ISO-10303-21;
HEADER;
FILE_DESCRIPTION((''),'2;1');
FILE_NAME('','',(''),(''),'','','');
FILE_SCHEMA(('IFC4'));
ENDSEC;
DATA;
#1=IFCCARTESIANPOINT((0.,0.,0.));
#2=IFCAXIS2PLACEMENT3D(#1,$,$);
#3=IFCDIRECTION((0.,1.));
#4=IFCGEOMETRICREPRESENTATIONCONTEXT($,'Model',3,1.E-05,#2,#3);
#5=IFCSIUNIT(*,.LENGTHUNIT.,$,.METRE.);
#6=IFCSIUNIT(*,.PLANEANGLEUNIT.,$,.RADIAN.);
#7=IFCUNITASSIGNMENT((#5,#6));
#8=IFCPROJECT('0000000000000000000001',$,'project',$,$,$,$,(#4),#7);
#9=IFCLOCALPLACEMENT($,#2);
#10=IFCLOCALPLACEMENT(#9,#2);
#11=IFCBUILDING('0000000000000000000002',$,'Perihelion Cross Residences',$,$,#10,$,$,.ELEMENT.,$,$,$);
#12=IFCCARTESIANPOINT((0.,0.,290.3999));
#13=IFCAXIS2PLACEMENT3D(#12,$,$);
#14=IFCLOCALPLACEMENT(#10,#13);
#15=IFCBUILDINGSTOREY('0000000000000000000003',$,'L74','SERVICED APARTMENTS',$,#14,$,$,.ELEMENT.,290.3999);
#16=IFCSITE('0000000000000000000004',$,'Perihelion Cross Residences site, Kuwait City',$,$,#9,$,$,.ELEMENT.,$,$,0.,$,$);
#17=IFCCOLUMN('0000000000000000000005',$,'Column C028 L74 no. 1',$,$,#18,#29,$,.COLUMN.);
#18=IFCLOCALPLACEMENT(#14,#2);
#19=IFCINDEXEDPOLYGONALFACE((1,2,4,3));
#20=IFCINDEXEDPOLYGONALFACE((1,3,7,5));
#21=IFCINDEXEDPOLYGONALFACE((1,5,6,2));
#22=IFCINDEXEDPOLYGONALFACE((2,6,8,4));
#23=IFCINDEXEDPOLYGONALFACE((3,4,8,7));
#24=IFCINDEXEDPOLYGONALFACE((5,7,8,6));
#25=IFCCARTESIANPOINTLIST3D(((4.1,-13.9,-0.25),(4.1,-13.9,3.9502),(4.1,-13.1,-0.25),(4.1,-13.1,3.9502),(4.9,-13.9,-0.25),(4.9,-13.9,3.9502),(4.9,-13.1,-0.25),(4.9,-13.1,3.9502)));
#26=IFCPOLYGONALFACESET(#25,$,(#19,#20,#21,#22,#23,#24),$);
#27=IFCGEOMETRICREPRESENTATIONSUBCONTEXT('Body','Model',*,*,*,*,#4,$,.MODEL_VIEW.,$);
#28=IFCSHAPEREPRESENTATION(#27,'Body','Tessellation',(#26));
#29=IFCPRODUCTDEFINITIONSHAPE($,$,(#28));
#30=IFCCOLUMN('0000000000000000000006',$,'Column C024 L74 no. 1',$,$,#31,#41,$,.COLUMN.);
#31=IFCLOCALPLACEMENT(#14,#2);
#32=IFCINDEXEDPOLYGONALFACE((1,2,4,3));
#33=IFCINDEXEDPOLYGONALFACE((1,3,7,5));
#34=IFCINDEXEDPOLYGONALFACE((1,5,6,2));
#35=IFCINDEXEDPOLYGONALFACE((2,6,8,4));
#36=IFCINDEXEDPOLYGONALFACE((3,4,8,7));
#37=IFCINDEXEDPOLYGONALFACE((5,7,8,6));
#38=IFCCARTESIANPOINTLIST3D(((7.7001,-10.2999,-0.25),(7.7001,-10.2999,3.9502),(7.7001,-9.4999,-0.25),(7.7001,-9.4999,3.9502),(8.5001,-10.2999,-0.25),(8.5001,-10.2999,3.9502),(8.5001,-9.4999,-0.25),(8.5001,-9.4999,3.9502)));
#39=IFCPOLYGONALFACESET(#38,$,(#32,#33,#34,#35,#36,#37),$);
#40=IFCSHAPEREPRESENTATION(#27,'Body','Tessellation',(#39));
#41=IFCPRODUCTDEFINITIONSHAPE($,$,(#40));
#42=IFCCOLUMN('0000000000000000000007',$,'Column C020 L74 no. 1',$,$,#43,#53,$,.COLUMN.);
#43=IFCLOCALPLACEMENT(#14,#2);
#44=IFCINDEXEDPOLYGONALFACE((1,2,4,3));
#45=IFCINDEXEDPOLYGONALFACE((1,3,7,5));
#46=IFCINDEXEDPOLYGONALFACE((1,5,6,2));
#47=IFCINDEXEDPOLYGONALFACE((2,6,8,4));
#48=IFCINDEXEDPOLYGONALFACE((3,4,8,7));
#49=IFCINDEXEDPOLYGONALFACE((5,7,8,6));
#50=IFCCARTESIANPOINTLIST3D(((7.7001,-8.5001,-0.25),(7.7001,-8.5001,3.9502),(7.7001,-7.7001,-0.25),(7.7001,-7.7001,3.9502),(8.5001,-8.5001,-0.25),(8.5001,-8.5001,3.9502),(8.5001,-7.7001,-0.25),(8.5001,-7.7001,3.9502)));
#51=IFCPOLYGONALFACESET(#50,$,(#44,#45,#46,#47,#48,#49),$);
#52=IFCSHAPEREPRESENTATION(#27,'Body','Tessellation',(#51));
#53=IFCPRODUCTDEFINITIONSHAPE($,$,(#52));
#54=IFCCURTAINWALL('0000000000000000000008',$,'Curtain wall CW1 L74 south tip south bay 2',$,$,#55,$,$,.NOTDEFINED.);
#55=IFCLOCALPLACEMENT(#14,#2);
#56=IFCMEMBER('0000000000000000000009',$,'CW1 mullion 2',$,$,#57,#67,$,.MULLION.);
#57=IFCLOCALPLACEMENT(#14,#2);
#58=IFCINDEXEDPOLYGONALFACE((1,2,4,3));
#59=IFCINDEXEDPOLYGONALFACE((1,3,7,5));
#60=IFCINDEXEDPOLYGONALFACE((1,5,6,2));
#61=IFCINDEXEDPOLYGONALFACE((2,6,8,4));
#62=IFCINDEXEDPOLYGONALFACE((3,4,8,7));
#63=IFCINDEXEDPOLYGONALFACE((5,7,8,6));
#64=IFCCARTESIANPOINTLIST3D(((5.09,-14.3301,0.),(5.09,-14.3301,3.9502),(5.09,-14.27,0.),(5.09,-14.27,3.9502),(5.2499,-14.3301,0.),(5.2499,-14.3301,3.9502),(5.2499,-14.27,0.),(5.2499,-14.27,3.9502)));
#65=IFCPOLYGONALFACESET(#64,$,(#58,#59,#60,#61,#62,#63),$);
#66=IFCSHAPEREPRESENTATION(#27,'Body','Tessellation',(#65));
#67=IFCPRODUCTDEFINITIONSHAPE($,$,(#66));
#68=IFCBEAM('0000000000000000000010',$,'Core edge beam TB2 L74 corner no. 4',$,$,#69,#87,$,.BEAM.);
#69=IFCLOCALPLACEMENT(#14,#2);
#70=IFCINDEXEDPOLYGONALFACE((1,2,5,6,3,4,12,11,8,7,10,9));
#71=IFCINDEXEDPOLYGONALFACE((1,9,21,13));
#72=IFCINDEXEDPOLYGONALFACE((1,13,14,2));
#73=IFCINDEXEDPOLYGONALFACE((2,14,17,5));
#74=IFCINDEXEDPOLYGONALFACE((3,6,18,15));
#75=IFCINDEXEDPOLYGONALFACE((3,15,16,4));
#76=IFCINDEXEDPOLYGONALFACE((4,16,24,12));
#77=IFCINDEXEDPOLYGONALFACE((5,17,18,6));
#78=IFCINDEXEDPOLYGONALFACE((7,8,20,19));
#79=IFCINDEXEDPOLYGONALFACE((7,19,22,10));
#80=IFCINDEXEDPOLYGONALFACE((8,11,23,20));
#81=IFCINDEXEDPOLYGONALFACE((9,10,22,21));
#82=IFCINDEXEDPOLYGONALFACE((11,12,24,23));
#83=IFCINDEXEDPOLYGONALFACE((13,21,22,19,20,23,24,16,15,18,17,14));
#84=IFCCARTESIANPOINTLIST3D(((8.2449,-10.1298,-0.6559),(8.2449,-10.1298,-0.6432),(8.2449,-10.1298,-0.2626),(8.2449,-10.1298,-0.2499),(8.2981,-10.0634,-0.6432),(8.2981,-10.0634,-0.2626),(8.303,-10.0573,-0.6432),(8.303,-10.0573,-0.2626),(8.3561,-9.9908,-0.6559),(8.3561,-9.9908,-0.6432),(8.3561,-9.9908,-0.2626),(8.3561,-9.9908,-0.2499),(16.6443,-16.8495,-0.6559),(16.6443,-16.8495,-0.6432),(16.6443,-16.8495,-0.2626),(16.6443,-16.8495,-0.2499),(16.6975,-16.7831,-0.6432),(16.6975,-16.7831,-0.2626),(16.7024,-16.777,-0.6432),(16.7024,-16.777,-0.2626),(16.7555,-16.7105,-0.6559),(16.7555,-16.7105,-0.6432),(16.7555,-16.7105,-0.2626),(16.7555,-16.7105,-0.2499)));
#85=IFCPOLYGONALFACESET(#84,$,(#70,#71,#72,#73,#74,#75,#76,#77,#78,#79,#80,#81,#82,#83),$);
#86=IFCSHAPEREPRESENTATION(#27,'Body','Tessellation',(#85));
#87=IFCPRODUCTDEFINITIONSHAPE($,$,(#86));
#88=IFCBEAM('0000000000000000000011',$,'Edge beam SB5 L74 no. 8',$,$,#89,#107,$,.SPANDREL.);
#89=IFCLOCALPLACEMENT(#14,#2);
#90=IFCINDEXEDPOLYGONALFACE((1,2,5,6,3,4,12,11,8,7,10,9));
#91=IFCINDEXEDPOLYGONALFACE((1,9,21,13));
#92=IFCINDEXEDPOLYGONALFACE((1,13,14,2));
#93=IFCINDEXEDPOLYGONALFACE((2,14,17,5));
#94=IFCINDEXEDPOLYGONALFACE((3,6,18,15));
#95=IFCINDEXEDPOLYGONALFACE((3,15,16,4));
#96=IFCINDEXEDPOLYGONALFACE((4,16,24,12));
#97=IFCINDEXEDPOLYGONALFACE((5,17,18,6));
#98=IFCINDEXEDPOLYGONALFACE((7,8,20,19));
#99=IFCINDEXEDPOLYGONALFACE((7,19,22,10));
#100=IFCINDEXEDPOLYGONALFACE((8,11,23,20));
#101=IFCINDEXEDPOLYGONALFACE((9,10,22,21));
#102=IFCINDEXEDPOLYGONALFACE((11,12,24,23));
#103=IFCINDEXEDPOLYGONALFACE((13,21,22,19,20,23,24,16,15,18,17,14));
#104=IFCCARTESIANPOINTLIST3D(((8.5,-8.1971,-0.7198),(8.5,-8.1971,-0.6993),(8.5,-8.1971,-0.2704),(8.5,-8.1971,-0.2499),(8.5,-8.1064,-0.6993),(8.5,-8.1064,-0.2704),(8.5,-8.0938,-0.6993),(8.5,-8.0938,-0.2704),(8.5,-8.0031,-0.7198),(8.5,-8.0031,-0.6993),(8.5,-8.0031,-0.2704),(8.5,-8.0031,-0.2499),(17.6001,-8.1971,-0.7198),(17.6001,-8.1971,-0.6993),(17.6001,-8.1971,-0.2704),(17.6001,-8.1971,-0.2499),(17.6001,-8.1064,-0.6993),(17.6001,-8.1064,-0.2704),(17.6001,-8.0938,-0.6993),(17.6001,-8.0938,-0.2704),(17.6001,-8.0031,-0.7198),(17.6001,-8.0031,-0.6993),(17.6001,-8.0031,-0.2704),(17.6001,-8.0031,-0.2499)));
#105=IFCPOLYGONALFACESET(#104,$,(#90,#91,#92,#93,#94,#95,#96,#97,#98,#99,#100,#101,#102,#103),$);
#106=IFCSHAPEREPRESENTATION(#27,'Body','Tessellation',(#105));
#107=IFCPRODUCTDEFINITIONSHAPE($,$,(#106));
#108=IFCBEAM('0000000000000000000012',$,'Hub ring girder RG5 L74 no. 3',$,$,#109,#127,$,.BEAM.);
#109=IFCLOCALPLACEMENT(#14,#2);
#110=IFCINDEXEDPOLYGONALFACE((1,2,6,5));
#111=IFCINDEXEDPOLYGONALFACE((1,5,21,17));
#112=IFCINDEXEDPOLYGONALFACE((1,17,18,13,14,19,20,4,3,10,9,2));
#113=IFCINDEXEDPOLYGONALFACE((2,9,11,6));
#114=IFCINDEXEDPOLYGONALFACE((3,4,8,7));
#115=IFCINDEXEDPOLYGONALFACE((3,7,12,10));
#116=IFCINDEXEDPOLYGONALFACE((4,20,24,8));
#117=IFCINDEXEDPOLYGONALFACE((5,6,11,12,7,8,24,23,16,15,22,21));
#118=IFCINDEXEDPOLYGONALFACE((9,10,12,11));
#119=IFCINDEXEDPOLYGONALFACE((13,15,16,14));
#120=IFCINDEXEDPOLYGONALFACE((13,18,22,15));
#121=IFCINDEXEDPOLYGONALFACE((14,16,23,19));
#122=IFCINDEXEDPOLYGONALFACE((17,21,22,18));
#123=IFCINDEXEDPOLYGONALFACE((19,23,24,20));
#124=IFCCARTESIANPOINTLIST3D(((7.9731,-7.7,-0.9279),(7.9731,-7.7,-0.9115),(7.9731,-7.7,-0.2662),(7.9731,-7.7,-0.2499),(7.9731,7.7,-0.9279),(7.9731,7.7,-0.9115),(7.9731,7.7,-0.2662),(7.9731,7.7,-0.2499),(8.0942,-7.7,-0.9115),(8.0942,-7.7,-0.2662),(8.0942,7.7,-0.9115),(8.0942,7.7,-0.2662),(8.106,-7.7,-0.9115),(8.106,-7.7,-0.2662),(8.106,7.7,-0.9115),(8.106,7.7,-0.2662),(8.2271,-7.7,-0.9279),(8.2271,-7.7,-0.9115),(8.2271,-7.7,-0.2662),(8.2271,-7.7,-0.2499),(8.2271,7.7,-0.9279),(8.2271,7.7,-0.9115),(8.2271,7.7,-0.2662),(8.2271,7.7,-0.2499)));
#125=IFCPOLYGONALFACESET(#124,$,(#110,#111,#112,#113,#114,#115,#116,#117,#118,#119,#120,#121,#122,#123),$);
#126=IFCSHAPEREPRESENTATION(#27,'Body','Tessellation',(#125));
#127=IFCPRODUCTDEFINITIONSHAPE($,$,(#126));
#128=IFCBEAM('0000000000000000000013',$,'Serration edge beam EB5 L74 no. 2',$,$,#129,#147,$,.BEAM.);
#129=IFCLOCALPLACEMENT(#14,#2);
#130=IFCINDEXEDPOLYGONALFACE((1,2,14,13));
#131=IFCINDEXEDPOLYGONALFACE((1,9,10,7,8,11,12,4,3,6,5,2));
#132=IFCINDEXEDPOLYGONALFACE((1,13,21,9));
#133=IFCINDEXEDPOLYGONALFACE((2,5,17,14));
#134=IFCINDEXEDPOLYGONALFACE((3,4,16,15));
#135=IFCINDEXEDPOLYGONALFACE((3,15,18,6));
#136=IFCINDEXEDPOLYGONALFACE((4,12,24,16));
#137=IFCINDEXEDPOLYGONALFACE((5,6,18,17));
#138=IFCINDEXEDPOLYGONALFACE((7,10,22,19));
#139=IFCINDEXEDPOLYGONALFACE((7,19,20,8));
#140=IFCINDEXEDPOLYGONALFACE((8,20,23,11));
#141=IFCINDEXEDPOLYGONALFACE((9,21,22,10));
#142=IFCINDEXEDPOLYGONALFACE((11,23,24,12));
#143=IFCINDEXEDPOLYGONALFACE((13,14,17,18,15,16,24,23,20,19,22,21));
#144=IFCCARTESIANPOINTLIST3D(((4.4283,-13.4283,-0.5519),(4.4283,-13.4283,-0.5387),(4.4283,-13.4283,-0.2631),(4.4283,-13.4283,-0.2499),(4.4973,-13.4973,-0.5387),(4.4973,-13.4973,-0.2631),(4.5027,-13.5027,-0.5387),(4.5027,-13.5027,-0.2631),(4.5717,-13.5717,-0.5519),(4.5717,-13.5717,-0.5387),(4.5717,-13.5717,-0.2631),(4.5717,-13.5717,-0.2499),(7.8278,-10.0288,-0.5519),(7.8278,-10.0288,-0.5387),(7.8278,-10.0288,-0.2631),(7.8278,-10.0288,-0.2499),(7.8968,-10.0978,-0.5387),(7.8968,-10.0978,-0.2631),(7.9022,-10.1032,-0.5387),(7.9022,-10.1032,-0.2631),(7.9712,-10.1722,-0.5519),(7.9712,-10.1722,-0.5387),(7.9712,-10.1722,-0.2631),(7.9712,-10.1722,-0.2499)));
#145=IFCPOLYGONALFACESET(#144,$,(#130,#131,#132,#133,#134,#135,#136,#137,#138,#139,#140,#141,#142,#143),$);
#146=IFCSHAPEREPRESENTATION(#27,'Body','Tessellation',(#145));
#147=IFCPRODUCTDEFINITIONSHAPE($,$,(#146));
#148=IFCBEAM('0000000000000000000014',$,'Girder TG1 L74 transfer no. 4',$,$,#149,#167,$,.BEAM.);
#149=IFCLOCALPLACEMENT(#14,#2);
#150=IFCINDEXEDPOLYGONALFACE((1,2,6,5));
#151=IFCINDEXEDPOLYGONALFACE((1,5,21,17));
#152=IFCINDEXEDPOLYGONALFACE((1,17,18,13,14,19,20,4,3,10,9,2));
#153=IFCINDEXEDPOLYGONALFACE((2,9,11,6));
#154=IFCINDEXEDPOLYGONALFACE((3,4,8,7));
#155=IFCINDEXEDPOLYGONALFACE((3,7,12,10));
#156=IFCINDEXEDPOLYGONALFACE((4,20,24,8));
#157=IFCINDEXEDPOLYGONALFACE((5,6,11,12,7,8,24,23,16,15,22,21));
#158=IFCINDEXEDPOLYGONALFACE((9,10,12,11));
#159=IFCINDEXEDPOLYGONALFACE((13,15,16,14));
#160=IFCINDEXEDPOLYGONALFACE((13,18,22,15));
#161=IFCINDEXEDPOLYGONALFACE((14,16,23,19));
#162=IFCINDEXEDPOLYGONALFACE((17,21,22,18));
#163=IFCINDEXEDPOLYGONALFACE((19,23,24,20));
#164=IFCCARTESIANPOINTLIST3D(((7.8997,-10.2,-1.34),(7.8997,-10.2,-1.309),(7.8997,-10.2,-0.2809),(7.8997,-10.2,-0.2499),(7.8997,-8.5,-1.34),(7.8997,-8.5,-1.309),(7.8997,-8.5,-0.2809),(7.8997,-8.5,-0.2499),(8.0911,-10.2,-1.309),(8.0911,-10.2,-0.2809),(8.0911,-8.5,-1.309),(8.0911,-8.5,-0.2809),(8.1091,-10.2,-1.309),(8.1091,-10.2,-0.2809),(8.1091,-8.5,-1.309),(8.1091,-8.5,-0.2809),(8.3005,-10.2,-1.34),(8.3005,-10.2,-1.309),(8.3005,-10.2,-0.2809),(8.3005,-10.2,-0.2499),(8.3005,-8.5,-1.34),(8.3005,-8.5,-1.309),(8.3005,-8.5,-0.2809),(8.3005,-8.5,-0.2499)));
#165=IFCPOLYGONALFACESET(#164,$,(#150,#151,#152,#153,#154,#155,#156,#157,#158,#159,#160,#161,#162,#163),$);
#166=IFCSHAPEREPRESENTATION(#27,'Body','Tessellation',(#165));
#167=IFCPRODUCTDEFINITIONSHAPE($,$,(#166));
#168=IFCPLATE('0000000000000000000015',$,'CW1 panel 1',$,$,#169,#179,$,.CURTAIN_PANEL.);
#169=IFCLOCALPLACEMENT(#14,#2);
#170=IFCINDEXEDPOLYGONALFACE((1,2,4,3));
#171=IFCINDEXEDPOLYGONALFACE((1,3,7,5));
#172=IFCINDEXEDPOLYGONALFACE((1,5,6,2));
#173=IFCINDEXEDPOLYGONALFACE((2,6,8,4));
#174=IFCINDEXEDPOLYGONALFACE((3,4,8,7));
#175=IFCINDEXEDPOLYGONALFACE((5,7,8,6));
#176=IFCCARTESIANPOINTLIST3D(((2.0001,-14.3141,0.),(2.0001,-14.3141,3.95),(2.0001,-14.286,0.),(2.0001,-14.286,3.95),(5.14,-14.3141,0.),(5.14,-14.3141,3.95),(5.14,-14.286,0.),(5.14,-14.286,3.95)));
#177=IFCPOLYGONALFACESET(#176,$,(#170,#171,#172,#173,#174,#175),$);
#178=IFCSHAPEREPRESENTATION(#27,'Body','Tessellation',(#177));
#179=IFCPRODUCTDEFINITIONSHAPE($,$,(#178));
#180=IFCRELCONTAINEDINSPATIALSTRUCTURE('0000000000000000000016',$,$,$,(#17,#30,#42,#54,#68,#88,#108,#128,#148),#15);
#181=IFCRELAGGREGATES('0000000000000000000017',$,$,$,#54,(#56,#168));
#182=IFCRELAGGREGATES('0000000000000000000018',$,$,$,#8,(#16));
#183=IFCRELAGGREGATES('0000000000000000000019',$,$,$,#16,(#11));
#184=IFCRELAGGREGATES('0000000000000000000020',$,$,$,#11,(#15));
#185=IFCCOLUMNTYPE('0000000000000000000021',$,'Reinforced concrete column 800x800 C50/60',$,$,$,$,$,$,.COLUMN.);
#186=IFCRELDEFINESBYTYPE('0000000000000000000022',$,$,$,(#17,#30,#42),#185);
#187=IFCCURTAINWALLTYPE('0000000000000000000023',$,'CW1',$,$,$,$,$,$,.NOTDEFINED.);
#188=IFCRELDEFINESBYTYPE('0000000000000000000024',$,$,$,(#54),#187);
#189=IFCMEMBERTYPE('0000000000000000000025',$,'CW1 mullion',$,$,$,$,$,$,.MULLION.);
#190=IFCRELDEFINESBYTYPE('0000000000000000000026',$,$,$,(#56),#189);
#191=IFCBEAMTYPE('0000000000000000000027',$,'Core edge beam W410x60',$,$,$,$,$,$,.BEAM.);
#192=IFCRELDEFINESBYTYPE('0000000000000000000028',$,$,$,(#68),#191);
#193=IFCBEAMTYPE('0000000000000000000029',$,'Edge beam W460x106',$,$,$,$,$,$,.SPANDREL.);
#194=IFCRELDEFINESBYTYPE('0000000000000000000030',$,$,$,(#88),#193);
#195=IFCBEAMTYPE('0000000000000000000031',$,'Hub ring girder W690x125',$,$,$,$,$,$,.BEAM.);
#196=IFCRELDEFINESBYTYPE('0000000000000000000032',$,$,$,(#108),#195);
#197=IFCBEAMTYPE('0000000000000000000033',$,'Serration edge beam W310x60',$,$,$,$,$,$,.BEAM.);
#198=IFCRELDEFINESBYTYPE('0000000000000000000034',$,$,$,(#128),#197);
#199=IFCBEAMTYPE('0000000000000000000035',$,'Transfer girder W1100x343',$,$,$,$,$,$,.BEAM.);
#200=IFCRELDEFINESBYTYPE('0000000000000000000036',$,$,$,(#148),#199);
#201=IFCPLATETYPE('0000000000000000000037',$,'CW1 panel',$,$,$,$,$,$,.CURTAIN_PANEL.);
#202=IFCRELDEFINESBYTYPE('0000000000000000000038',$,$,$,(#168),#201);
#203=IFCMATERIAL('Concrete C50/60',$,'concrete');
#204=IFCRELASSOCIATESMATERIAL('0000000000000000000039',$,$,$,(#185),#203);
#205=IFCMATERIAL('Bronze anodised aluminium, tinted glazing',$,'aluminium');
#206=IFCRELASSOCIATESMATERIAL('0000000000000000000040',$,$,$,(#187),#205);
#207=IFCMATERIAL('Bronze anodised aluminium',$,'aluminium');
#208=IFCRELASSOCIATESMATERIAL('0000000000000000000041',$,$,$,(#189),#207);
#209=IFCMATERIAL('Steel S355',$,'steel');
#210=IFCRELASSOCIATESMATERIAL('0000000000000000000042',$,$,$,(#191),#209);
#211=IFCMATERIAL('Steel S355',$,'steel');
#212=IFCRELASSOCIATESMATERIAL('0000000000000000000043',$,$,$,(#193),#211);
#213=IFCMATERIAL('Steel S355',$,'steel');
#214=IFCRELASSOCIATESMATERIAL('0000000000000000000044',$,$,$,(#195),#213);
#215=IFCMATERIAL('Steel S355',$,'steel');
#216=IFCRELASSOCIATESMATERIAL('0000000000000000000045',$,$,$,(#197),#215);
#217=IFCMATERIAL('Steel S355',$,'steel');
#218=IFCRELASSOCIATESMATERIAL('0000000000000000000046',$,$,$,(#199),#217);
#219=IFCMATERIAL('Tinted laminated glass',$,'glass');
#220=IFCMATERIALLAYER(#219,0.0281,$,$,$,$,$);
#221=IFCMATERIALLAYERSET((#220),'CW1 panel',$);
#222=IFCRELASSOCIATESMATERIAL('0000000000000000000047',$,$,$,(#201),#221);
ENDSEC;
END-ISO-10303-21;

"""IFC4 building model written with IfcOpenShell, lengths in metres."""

from ifc_helpers import new_model, si_unit, direction, frame, origin, origin_2d, place, context, subcontext, project, spatial, rectangle, i_section, extrude, material, layer, layer_set, material_profile, profile_set, type_object, element, aggregate, save


model = new_model("IFC4")

# Units and contexts
model_context = context("Model", 3, precision=1e-05, world=origin(), true_north=direction((0.0, 1.0)))
body_context = subcontext(model_context, "Body", "Model", "MODEL_VIEW")
ifc_project = project(units=[si_unit("LENGTHUNIT", "METRE"), si_unit("PLANEANGLEUNIT", "RADIAN")], contexts=[model_context])

# Site, building, storey
site_placement = place(None, origin())
site = spatial("IfcSite", under=ifc_project, at=site_placement, Name="Perihelion Cross Residences site, Kuwait City", CompositionType="ELEMENT", RefElevation=0.0)
building_placement = place(site_placement, origin())
building = spatial("IfcBuilding", under=site, at=building_placement, Name="Perihelion Cross Residences", CompositionType="ELEMENT")
storey_placement = place(building_placement, frame((0.0, 0.0, 290.3999)))
storey = spatial("IfcBuildingStorey", under=building, at=storey_placement, Name="L74", Description="SERVICED APARTMENTS", CompositionType="ELEMENT", Elevation=290.3999)

# Columns
ifc_material_1 = material(Name="Concrete C50/60", Category="concrete")
ifc_material_profile_1 = material_profile(ifc_material_1, rectangle(XDim=0.8, YDim=0.8, at=origin_2d()), Name="RC 800x800")
ifc_profile_set_1 = profile_set([ifc_material_profile_1], Name="Concrete C50/60")
column_type = type_object("IfcColumnType", Name="Reinforced concrete column 800x800 C50/60", PredefinedType="COLUMN", material=ifc_profile_set_1)
for number, where, z_axis, x_axis, name in (
    (1, (4.5, -13.5, -0.25), (0.0, 0.0, 1.0), (1.0, 0.0, 0.0), "Column C028 L74 no. 1"),
    (2, (8.1001, -9.8999, -0.25), (0.0, 0.0, 1.0), (1.0, 0.0, 0.0), "Column C024 L74 no. 1"),
    (3, (8.1001, -8.1001, -0.25), (0.0, 0.0, 1.0), (1.0, 0.0, 0.0), "Column C020 L74 no. 1"),
):
    element("IfcColumn", number, at=place(storey_placement, frame(where, z_axis=z_axis, x_axis=x_axis)), inside=storey, type_object=column_type, Name=name, PredefinedType="COLUMN", context=body_context, shape_type="SweptSolid", body=[
        extrude(rectangle(XDim=0.8, YDim=0.8, at=origin_2d()), origin(), (0.0, 0.0, 1.0), 4.2002),
    ])

# Curtain wall, member
ifc_material_2 = material(Name="Bronze anodised aluminium, tinted glazing", Category="aluminium")
curtain_wall_type = type_object("IfcCurtainWallType", Name="CW1", PredefinedType="NOTDEFINED", material=ifc_material_2)
curtain_wall_placement = place(storey_placement, origin())
curtain_wall = element("IfcCurtainWall", 4, at=curtain_wall_placement, inside=storey, type_object=curtain_wall_type, Name="Curtain wall CW1 L74 south tip south bay 2", PredefinedType="NOTDEFINED")
ifc_material_3 = material(Name="Bronze anodised aluminium", Category="aluminium")
ifc_material_profile_2 = material_profile(ifc_material_3, rectangle(XDim=0.0601, YDim=0.1599, at=origin_2d()), Name="CW1 mullion")
ifc_profile_set_2 = profile_set([ifc_material_profile_2], Name="Bronze anodised aluminium")
member_type = type_object("IfcMemberType", Name="CW1 mullion", PredefinedType="MULLION", material=ifc_profile_set_2)
member_placement = place(storey_placement, frame((5.1699, -14.3, 0.0), z_axis=(0.0, 0.0, 1.0), x_axis=(0.0, 1.0, 0.0)))
member = element("IfcMember", 5, at=member_placement, type_object=member_type, Name="CW1 mullion 2", PredefinedType="MULLION", context=body_context, shape_type="SweptSolid", body=[
    extrude(rectangle(XDim=0.0601, YDim=0.1599, at=origin_2d()), origin(), (0.0, 0.0, 1.0), 3.9502),
])

# Beams
ifc_material_4 = material(Name="Steel S355", Category="steel")
ifc_material_profile_3 = material_profile(ifc_material_4, i_section(OverallWidth=0.178, OverallDepth=0.406, WebThickness=0.0078, FlangeThickness=0.0127, at=origin_2d()), Name="W410x60")
ifc_profile_set_3 = profile_set([ifc_material_profile_3], Name="Steel S355")
beam_type_1 = type_object("IfcBeamType", Name="Core edge beam W410x60", PredefinedType="BEAM", material=ifc_profile_set_3)
beam_1_placement = place(storey_placement, frame((8.3005, -10.0603, -0.4529), z_axis=(0.78086, -0.624706, 0.0), x_axis=(0.624706, 0.78086, 0.0)))
element("IfcBeam", 6, at=beam_1_placement, inside=storey, type_object=beam_type_1, Name="Core edge beam TB2 L74 corner no. 4", PredefinedType="BEAM", context=body_context, shape_type="SweptSolid", body=[
    extrude(i_section(OverallWidth=0.178, OverallDepth=0.406, WebThickness=0.0078, FlangeThickness=0.0127, at=origin_2d()), origin(), (0.0, 0.0, 1.0), 10.7566),
])
ifc_material_5 = material(Name="Steel S355", Category="steel")
ifc_material_profile_4 = material_profile(ifc_material_5, i_section(OverallWidth=0.1941, OverallDepth=0.47, WebThickness=0.0127, FlangeThickness=0.0205, at=origin_2d()), Name="W460x106")
ifc_profile_set_4 = profile_set([ifc_material_profile_4], Name="Steel S355")
beam_type_2 = type_object("IfcBeamType", Name="Edge beam W460x106", PredefinedType="SPANDREL", material=ifc_profile_set_4)
beam_2_placement = place(storey_placement, frame((8.5, -8.1001, -0.4849), z_axis=(1.0, 0.0, 0.0), x_axis=(0.0, 1.0, 0.0)))
element("IfcBeam", 7, at=beam_2_placement, inside=storey, type_object=beam_type_2, Name="Edge beam SB5 L74 no. 8", PredefinedType="SPANDREL", context=body_context, shape_type="SweptSolid", body=[
    extrude(i_section(OverallWidth=0.1941, OverallDepth=0.47, WebThickness=0.0127, FlangeThickness=0.0205, at=origin_2d()), origin(), (0.0, 0.0, 1.0), 9.1001),
])
ifc_material_6 = material(Name="Steel S355", Category="steel")
ifc_material_profile_5 = material_profile(ifc_material_6, i_section(OverallWidth=0.2539, OverallDepth=0.678, WebThickness=0.0117, FlangeThickness=0.0164, at=origin_2d()), Name="W690x125")
ifc_profile_set_5 = profile_set([ifc_material_profile_5], Name="Steel S355")
beam_type_3 = type_object("IfcBeamType", Name="Hub ring girder W690x125", PredefinedType="BEAM", material=ifc_profile_set_5)
beam_3_placement = place(storey_placement, frame((8.1001, -7.7, -0.5889), z_axis=(0.0, 1.0, 0.0), x_axis=(-1.0, 0.0, 0.0)))
element("IfcBeam", 8, at=beam_3_placement, inside=storey, type_object=beam_type_3, Name="Hub ring girder RG5 L74 no. 3", PredefinedType="BEAM", context=body_context, shape_type="SweptSolid", body=[
    extrude(i_section(OverallWidth=0.2539, OverallDepth=0.678, WebThickness=0.0117, FlangeThickness=0.0164, at=origin_2d()), origin(), (0.0, 0.0, 1.0), 15.3999),
])
ifc_material_7 = material(Name="Steel S355", Category="steel")
ifc_material_profile_6 = material_profile(ifc_material_7, i_section(OverallWidth=0.2029, OverallDepth=0.302, WebThickness=0.0076, FlangeThickness=0.0132, at=origin_2d()), Name="W310x60")
ifc_profile_set_6 = profile_set([ifc_material_profile_6], Name="Steel S355")
beam_type_4 = type_object("IfcBeamType", Name="Serration edge beam W310x60", PredefinedType="BEAM", material=ifc_profile_set_6)
beam_4_placement = place(storey_placement, frame((4.5, -13.5, -0.4009), z_axis=(0.707107, 0.707107, 0.0), x_axis=(-0.707107, 0.707107, 0.0)))
element("IfcBeam", 9, at=beam_4_placement, inside=storey, type_object=beam_type_4, Name="Serration edge beam EB5 L74 no. 2", PredefinedType="BEAM", context=body_context, shape_type="SweptSolid", body=[
    extrude(i_section(OverallWidth=0.2029, OverallDepth=0.302, WebThickness=0.0076, FlangeThickness=0.0132, at=origin_2d()), origin(), (0.0, 0.0, 1.0), 4.8076),
])
ifc_material_8 = material(Name="Steel S355", Category="steel")
ifc_material_profile_7 = material_profile(ifc_material_8, i_section(OverallWidth=0.4009, OverallDepth=1.0901, WebThickness=0.0181, FlangeThickness=0.031, at=origin_2d()), Name="W1100x343")
ifc_profile_set_7 = profile_set([ifc_material_profile_7], Name="Steel S355")
beam_type_5 = type_object("IfcBeamType", Name="Transfer girder W1100x343", PredefinedType="BEAM", material=ifc_profile_set_7)
beam_5_placement = place(storey_placement, frame((8.1001, -10.2, -0.7949), z_axis=(0.0, 1.0, 0.0), x_axis=(-1.0, 0.0, 0.0)))
element("IfcBeam", 10, at=beam_5_placement, inside=storey, type_object=beam_type_5, Name="Girder TG1 L74 transfer no. 4", PredefinedType="BEAM", context=body_context, shape_type="SweptSolid", body=[
    extrude(i_section(OverallWidth=0.4009, OverallDepth=1.0901, WebThickness=0.0181, FlangeThickness=0.031, at=origin_2d()), origin(), (0.0, 0.0, 1.0), 1.7),
])

# Plate
ifc_material_9 = material(Name="Tinted laminated glass", Category="glass")
ifc_layer_1 = layer(ifc_material_9, 0.0281)
ifc_layer_set_1 = layer_set([ifc_layer_1], Name="CW1 panel")
plate_type = type_object("IfcPlateType", Name="CW1 panel", PredefinedType="CURTAIN_PANEL", material=ifc_layer_set_1)
plate_placement = place(storey_placement, frame((3.5701, -14.3, 0.0), z_axis=(0.0, 0.0, 1.0), x_axis=(1.0, 0.0, 0.0)))
plate = element("IfcPlate", 11, at=plate_placement, type_object=plate_type, Name="CW1 panel 1", PredefinedType="CURTAIN_PANEL", context=body_context, shape_type="SweptSolid", body=[
    extrude(rectangle(XDim=3.1399, YDim=0.0281, at=origin_2d()), origin(), (0.0, 0.0, 1.0), 3.95),
])
aggregate(curtain_wall, [member, plate])

save(model, "model.ifc")
